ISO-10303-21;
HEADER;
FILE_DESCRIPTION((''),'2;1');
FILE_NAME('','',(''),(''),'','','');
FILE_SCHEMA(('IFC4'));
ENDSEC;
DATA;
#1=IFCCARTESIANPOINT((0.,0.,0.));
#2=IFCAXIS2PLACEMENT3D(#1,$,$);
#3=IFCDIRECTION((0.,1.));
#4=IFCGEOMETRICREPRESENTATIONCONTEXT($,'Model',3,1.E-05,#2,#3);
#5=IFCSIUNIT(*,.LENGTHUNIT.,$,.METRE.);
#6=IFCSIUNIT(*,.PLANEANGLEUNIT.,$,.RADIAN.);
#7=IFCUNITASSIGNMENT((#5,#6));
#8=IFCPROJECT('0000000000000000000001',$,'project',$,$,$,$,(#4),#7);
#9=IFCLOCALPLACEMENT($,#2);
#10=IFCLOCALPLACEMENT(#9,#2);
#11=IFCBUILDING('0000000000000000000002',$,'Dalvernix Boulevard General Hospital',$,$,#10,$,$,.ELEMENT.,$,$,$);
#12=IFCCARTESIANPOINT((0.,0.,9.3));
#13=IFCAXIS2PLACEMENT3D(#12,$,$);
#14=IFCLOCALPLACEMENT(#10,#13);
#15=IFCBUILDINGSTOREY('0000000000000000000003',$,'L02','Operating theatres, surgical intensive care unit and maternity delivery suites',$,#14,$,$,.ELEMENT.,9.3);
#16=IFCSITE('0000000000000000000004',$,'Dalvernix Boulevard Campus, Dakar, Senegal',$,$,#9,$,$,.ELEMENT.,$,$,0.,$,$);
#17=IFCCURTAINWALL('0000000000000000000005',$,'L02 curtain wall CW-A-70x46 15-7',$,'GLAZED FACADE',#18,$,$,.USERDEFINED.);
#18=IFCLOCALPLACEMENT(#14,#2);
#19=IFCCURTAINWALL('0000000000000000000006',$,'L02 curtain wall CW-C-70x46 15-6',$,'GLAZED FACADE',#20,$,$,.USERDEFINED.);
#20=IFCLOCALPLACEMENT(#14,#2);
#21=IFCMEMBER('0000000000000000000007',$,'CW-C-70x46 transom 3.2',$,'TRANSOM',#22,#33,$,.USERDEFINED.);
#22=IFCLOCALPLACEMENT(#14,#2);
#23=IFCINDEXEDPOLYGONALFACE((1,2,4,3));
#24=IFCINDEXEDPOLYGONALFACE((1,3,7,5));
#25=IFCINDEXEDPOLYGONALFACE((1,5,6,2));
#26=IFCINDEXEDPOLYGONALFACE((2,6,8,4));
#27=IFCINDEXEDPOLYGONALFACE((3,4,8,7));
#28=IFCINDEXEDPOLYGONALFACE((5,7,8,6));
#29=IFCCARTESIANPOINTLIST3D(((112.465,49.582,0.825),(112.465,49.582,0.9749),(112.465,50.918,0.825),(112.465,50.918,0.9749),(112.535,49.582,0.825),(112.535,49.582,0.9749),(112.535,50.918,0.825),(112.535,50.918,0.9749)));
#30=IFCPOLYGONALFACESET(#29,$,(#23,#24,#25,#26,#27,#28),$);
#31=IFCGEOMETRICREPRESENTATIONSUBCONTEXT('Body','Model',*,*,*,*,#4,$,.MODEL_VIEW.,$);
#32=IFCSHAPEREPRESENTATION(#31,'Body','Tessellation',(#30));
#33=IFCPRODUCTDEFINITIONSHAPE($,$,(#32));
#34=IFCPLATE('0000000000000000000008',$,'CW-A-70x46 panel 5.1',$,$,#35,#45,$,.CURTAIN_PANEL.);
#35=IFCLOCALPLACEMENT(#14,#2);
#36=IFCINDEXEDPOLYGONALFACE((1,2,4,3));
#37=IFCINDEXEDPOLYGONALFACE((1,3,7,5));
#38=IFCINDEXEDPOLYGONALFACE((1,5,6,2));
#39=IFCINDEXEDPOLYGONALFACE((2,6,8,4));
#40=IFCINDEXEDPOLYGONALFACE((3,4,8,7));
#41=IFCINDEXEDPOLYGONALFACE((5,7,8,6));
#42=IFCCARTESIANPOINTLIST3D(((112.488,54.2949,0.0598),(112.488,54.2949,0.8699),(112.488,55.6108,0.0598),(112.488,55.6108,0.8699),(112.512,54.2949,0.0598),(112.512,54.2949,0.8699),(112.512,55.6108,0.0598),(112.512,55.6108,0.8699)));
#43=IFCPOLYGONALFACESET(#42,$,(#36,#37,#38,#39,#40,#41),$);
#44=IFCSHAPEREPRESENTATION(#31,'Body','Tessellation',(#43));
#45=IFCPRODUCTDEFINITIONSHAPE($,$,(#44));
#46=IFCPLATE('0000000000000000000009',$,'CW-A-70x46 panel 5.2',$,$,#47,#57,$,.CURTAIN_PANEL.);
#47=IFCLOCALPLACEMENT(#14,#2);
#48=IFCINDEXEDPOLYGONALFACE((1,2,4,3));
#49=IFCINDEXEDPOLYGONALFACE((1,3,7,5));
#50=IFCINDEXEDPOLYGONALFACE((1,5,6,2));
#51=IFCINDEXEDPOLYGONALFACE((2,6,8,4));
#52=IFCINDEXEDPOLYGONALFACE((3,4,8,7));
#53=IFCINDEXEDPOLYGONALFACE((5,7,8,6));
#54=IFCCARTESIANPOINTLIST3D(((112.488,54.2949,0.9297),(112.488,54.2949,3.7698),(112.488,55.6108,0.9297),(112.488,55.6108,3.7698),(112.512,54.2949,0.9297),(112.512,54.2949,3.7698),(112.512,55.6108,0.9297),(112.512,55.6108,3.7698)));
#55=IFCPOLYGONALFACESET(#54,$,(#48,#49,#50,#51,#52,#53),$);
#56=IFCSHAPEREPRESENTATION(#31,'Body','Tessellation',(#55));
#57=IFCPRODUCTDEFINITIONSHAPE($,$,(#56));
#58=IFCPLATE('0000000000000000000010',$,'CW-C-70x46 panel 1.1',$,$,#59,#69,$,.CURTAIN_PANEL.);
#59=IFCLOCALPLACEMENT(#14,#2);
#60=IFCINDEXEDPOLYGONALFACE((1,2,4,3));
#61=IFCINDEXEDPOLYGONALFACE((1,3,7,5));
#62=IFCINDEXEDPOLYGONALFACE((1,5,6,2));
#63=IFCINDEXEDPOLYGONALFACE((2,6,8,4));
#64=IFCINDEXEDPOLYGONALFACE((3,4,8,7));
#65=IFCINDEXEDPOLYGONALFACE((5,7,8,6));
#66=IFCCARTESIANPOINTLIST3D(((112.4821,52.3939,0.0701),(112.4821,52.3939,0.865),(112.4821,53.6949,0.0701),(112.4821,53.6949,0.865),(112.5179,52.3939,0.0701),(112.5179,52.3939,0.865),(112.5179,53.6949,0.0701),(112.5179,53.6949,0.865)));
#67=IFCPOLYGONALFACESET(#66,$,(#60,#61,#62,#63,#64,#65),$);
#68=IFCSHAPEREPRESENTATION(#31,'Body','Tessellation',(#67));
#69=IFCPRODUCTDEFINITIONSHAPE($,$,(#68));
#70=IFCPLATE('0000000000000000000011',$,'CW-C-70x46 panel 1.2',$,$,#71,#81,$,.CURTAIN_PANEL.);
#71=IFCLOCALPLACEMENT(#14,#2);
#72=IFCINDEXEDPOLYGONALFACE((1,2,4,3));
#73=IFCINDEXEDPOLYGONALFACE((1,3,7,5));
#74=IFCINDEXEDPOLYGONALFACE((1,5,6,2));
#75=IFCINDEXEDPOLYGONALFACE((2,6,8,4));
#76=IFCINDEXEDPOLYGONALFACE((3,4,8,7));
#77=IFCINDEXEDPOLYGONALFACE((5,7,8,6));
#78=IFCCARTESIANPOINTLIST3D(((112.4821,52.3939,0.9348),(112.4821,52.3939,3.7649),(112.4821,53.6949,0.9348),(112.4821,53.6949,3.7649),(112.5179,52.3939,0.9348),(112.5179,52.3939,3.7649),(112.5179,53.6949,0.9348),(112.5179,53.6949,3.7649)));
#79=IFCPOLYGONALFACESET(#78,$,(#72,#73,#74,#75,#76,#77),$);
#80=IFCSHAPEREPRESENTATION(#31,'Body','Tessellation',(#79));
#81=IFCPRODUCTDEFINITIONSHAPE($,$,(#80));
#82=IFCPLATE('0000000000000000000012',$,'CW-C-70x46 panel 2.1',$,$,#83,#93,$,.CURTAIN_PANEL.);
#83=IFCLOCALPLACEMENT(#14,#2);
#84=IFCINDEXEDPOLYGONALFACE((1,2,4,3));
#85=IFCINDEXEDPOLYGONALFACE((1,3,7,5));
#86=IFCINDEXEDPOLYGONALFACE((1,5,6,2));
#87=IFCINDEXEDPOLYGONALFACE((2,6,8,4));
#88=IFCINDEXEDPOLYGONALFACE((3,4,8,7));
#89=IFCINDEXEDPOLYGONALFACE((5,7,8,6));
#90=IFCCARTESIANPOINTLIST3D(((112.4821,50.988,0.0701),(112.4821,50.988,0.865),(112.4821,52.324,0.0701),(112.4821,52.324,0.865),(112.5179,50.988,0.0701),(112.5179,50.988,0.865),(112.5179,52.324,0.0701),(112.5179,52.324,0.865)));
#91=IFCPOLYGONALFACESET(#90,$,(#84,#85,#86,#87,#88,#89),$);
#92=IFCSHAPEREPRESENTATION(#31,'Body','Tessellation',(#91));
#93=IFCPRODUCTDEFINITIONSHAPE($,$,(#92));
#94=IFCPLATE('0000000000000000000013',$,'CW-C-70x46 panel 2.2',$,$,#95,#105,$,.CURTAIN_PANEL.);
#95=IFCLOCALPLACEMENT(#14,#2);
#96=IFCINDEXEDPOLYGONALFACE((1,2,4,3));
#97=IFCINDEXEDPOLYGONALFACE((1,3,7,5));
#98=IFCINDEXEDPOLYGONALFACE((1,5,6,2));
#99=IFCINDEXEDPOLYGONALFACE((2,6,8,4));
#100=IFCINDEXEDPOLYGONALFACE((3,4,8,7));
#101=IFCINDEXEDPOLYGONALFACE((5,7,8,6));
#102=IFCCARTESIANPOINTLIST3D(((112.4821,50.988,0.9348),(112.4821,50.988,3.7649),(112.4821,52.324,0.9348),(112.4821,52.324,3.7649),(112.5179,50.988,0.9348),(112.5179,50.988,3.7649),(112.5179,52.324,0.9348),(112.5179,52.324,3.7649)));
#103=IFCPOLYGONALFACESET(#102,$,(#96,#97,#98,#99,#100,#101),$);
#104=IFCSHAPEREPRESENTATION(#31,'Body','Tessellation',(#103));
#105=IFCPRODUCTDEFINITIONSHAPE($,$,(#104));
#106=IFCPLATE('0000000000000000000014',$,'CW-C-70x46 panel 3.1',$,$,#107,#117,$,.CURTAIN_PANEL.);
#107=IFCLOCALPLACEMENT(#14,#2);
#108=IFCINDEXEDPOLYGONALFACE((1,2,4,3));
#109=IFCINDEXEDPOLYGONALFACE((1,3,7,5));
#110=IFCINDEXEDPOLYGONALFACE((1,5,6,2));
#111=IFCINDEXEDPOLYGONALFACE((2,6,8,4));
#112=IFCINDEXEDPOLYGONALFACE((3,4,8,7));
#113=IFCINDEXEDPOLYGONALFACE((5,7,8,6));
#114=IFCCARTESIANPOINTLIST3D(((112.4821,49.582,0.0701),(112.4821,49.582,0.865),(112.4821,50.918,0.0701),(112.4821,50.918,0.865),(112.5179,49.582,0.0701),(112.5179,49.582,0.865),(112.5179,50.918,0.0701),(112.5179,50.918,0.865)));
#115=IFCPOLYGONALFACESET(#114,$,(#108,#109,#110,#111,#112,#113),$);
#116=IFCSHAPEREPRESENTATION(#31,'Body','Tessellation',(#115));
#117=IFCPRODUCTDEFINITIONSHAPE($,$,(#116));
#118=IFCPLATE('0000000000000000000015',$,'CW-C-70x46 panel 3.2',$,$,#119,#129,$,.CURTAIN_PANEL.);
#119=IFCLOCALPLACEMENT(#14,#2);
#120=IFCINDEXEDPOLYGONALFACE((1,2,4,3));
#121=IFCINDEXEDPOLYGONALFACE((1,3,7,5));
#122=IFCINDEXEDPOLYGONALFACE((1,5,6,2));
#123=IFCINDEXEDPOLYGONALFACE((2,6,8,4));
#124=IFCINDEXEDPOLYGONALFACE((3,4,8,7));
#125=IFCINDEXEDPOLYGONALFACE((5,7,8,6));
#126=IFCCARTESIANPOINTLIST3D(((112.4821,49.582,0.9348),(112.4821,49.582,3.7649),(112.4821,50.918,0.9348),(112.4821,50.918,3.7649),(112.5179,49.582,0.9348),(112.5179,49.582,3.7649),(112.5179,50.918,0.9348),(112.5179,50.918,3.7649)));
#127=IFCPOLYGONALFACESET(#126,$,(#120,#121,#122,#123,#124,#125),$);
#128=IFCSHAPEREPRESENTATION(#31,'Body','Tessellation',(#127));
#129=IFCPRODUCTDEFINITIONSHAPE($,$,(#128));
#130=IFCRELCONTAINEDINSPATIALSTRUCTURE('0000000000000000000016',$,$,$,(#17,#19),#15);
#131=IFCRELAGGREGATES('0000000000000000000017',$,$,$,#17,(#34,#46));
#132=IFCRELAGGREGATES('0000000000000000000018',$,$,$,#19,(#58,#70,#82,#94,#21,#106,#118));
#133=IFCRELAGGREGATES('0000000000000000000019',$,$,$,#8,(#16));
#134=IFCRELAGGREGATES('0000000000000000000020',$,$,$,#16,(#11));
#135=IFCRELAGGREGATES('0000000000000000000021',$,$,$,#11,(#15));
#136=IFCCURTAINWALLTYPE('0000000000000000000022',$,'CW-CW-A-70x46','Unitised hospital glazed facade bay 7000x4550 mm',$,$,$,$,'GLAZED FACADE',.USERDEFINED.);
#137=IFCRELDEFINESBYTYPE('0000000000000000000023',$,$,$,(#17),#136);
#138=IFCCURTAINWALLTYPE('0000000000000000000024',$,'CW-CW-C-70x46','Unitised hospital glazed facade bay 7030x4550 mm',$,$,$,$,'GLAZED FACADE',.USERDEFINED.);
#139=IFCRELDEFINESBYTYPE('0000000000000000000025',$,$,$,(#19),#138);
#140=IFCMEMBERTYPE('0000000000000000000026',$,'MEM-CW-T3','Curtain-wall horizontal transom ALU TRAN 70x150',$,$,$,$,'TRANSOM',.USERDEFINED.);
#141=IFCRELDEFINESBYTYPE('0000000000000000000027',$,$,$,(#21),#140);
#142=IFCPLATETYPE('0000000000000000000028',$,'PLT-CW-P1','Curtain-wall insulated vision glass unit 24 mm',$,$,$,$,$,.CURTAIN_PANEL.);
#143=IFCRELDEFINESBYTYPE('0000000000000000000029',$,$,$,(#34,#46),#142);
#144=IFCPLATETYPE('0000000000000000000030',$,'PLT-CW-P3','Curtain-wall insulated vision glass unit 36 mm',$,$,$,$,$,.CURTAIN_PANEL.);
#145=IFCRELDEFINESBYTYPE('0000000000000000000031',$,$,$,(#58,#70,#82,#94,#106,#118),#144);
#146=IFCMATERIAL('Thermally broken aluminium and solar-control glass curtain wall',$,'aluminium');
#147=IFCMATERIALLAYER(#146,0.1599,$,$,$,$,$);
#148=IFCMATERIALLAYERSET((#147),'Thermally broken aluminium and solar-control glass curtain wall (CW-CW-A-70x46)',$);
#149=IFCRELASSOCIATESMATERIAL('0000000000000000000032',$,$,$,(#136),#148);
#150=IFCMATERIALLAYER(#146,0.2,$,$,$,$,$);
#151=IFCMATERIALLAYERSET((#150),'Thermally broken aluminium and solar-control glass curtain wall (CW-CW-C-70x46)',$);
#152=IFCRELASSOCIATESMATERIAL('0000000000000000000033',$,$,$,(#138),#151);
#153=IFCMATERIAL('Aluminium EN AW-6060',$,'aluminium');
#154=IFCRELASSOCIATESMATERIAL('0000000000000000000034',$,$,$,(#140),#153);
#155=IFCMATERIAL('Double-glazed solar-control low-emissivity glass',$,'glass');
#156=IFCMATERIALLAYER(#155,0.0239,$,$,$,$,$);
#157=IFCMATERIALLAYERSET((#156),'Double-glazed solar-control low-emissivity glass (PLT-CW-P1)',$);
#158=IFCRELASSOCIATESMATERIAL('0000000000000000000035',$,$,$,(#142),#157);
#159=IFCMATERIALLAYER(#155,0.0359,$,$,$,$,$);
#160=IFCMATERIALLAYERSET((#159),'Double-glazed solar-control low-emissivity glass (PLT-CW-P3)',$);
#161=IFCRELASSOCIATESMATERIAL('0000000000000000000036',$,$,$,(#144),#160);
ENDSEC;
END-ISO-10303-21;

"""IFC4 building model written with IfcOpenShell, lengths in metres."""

from ifc_helpers import new_model, si_unit, direction, frame, origin, origin_2d, place, context, subcontext, project, spatial, rectangle, extrude, material, layer, layer_set, material_profile, profile_set, type_object, element, aggregate, save


model = new_model("IFC4")

# Units and contexts
model_context = context("Model", 3, precision=1e-05, world=origin(), true_north=direction((0.0, 1.0)))
body_context = subcontext(model_context, "Body", "Model", "MODEL_VIEW")
ifc_project = project(units=[si_unit("LENGTHUNIT", "METRE"), si_unit("PLANEANGLEUNIT", "RADIAN")], contexts=[model_context])

# Site, building, storey
site_placement = place(None, origin())
site = spatial("IfcSite", under=ifc_project, at=site_placement, Name="Dalvernix Boulevard Campus, Dakar, Senegal", CompositionType="ELEMENT", RefElevation=0.0)
building_placement = place(site_placement, origin())
building = spatial("IfcBuilding", under=site, at=building_placement, Name="Dalvernix Boulevard General Hospital", CompositionType="ELEMENT")
storey_placement = place(building_placement, frame((0.0, 0.0, 9.3)))
storey = spatial("IfcBuildingStorey", under=building, at=storey_placement, Name="L02", Description="Operating theatres, surgical intensive care unit and maternity delivery suites", CompositionType="ELEMENT", Elevation=9.3)

# Curtain walls
ifc_material_1 = material(Name="Thermally broken aluminium and solar-control glass curtain wall", Category="aluminium")
ifc_layer_1 = layer(ifc_material_1, 0.1599)
ifc_layer_set_1 = layer_set([ifc_layer_1], Name="Thermally broken aluminium and solar-control glass curtain wall (CW-CW-A-70x46)")
curtain_wall_type_1 = type_object("IfcCurtainWallType", Name="CW-CW-A-70x46", Description="Unitised hospital glazed facade bay 7000x4550 mm", ElementType="GLAZED FACADE", PredefinedType="USERDEFINED", material=ifc_layer_set_1)
curtain_wall_1_placement = place(storey_placement, origin())
curtain_wall_1 = element("IfcCurtainWall", 1, at=curtain_wall_1_placement, inside=storey, type_object=curtain_wall_type_1, Name="L02 curtain wall CW-A-70x46 15-7", ObjectType="GLAZED FACADE", PredefinedType="USERDEFINED")
ifc_material_2 = material(Name="Aluminium EN AW-6060", Category="aluminium")
ifc_layer_2 = layer(ifc_material_1, 0.2)
ifc_layer_set_2 = layer_set([ifc_layer_2], Name="Thermally broken aluminium and solar-control glass curtain wall (CW-CW-C-70x46)")
curtain_wall_type_2 = type_object("IfcCurtainWallType", Name="CW-CW-C-70x46", Description="Unitised hospital glazed facade bay 7030x4550 mm", ElementType="GLAZED FACADE", PredefinedType="USERDEFINED", material=ifc_layer_set_2)
curtain_wall_2_placement = place(storey_placement, origin())
curtain_wall_2 = element("IfcCurtainWall", 2, at=curtain_wall_2_placement, inside=storey, type_object=curtain_wall_type_2, Name="L02 curtain wall CW-C-70x46 15-6", ObjectType="GLAZED FACADE", PredefinedType="USERDEFINED")

# Member
ifc_material_profile_1 = material_profile(ifc_material_2, rectangle(XDim=0.0701, YDim=0.1499, at=origin_2d()), Name="ALU TRAN 70x150")
ifc_profile_set_1 = profile_set([ifc_material_profile_1], Name="Aluminium EN AW-6060")
member_type_1 = type_object("IfcMemberType", Name="MEM-CW-T3", Description="Curtain-wall horizontal transom ALU TRAN 70x150", ElementType="TRANSOM", PredefinedType="USERDEFINED", material=ifc_profile_set_1)
member_1_placement = place(storey_placement, frame((112.5, 50.918, 0.8999), z_axis=(0.0, -1.0, 0.0), x_axis=(1.0, 0.0, 0.0)))
member_1 = element("IfcMember", 3, at=member_1_placement, type_object=member_type_1, Name="CW-C-70x46 transom 3.2", ObjectType="TRANSOM", PredefinedType="USERDEFINED", context=body_context, shape_type="SweptSolid", body=[
    extrude(rectangle(XDim=0.0701, YDim=0.1499, at=origin_2d()), origin(), (0.0, 0.0, 1.0), 1.3359),
])

# Plates
ifc_material_3 = material(Name="Double-glazed solar-control low-emissivity glass", Category="glass")
ifc_layer_3 = layer(ifc_material_3, 0.0239)
ifc_layer_set_3 = layer_set([ifc_layer_3], Name="Double-glazed solar-control low-emissivity glass (PLT-CW-P1)")
plate_type_1 = type_object("IfcPlateType", Name="PLT-CW-P1", Description="Curtain-wall insulated vision glass unit 24 mm", PredefinedType="CURTAIN_PANEL", material=ifc_layer_set_3)
plate_1_placement = place(storey_placement, frame((112.5, 54.9529, 0.0598), z_axis=(0.0, 0.0, 1.0), x_axis=(0.0, -1.0, 0.0)))
plate_1 = element("IfcPlate", 4, at=plate_1_placement, type_object=plate_type_1, Name="CW-A-70x46 panel 5.1", PredefinedType="CURTAIN_PANEL", context=body_context, shape_type="SweptSolid", body=[
    extrude(rectangle(XDim=1.3159, YDim=0.0239, at=origin_2d()), origin(), (0.0, 0.0, 1.0), 0.8101),
])
plate_2_placement = place(storey_placement, frame((112.5, 54.9529, 0.9297), z_axis=(0.0, 0.0, 1.0), x_axis=(0.0, -1.0, 0.0)))
plate_2 = element("IfcPlate", 5, at=plate_2_placement, type_object=plate_type_1, Name="CW-A-70x46 panel 5.2", PredefinedType="CURTAIN_PANEL", context=body_context, shape_type="SweptSolid", body=[
    extrude(rectangle(XDim=1.3159, YDim=0.0239, at=origin_2d()), origin(), (0.0, 0.0, 1.0), 2.8401),
])
aggregate(curtain_wall_1, [plate_1, plate_2])
ifc_layer_4 = layer(ifc_material_3, 0.0359)
ifc_layer_set_4 = layer_set([ifc_layer_4], Name="Double-glazed solar-control low-emissivity glass (PLT-CW-P3)")
plate_type_2 = type_object("IfcPlateType", Name="PLT-CW-P3", Description="Curtain-wall insulated vision glass unit 36 mm", PredefinedType="CURTAIN_PANEL", material=ifc_layer_set_4)
plate_3_placement = place(storey_placement, frame((112.5, 53.0444, 0.0701), z_axis=(0.0, 0.0, 1.0), x_axis=(0.0, -1.0, 0.0)))
plate_3 = element("IfcPlate", 6, at=plate_3_placement, type_object=plate_type_2, Name="CW-C-70x46 panel 1.1", PredefinedType="CURTAIN_PANEL", context=body_context, shape_type="SweptSolid", body=[
    extrude(rectangle(XDim=1.301, YDim=0.0359, at=origin_2d()), origin(), (0.0, 0.0, 1.0), 0.7949),
])
plate_4_placement = place(storey_placement, frame((112.5, 53.0444, 0.9348), z_axis=(0.0, 0.0, 1.0), x_axis=(0.0, -1.0, 0.0)))
plate_4 = element("IfcPlate", 7, at=plate_4_placement, type_object=plate_type_2, Name="CW-C-70x46 panel 1.2", PredefinedType="CURTAIN_PANEL", context=body_context, shape_type="SweptSolid", body=[
    extrude(rectangle(XDim=1.301, YDim=0.0359, at=origin_2d()), origin(), (0.0, 0.0, 1.0), 2.8301),
])
plate_5_placement = place(storey_placement, frame((112.5, 51.656, 0.0701), z_axis=(0.0, 0.0, 1.0), x_axis=(0.0, -1.0, 0.0)))
plate_5 = element("IfcPlate", 8, at=plate_5_placement, type_object=plate_type_2, Name="CW-C-70x46 panel 2.1", PredefinedType="CURTAIN_PANEL", context=body_context, shape_type="SweptSolid", body=[
    extrude(rectangle(XDim=1.3359, YDim=0.0359, at=origin_2d()), origin(), (0.0, 0.0, 1.0), 0.7949),
])
plate_6_placement = place(storey_placement, frame((112.5, 51.656, 0.9348), z_axis=(0.0, 0.0, 1.0), x_axis=(0.0, -1.0, 0.0)))
plate_6 = element("IfcPlate", 9, at=plate_6_placement, type_object=plate_type_2, Name="CW-C-70x46 panel 2.2", PredefinedType="CURTAIN_PANEL", context=body_context, shape_type="SweptSolid", body=[
    extrude(rectangle(XDim=1.3359, YDim=0.0359, at=origin_2d()), origin(), (0.0, 0.0, 1.0), 2.8301),
])
plate_7_placement = place(storey_placement, frame((112.5, 50.25, 0.0701), z_axis=(0.0, 0.0, 1.0), x_axis=(0.0, -1.0, 0.0)))
plate_7 = element("IfcPlate", 10, at=plate_7_placement, type_object=plate_type_2, Name="CW-C-70x46 panel 3.1", PredefinedType="CURTAIN_PANEL", context=body_context, shape_type="SweptSolid", body=[
    extrude(rectangle(XDim=1.3359, YDim=0.0359, at=origin_2d()), origin(), (0.0, 0.0, 1.0), 0.7949),
])
plate_8_placement = place(storey_placement, frame((112.5, 50.25, 0.9348), z_axis=(0.0, 0.0, 1.0), x_axis=(0.0, -1.0, 0.0)))
plate_8 = element("IfcPlate", 11, at=plate_8_placement, type_object=plate_type_2, Name="CW-C-70x46 panel 3.2", PredefinedType="CURTAIN_PANEL", context=body_context, shape_type="SweptSolid", body=[
    extrude(rectangle(XDim=1.3359, YDim=0.0359, at=origin_2d()), origin(), (0.0, 0.0, 1.0), 2.8301),
])
aggregate(curtain_wall_2, [plate_3, plate_4, plate_5, plate_6, member_1, plate_7, plate_8])

save(model, "model.ifc")
